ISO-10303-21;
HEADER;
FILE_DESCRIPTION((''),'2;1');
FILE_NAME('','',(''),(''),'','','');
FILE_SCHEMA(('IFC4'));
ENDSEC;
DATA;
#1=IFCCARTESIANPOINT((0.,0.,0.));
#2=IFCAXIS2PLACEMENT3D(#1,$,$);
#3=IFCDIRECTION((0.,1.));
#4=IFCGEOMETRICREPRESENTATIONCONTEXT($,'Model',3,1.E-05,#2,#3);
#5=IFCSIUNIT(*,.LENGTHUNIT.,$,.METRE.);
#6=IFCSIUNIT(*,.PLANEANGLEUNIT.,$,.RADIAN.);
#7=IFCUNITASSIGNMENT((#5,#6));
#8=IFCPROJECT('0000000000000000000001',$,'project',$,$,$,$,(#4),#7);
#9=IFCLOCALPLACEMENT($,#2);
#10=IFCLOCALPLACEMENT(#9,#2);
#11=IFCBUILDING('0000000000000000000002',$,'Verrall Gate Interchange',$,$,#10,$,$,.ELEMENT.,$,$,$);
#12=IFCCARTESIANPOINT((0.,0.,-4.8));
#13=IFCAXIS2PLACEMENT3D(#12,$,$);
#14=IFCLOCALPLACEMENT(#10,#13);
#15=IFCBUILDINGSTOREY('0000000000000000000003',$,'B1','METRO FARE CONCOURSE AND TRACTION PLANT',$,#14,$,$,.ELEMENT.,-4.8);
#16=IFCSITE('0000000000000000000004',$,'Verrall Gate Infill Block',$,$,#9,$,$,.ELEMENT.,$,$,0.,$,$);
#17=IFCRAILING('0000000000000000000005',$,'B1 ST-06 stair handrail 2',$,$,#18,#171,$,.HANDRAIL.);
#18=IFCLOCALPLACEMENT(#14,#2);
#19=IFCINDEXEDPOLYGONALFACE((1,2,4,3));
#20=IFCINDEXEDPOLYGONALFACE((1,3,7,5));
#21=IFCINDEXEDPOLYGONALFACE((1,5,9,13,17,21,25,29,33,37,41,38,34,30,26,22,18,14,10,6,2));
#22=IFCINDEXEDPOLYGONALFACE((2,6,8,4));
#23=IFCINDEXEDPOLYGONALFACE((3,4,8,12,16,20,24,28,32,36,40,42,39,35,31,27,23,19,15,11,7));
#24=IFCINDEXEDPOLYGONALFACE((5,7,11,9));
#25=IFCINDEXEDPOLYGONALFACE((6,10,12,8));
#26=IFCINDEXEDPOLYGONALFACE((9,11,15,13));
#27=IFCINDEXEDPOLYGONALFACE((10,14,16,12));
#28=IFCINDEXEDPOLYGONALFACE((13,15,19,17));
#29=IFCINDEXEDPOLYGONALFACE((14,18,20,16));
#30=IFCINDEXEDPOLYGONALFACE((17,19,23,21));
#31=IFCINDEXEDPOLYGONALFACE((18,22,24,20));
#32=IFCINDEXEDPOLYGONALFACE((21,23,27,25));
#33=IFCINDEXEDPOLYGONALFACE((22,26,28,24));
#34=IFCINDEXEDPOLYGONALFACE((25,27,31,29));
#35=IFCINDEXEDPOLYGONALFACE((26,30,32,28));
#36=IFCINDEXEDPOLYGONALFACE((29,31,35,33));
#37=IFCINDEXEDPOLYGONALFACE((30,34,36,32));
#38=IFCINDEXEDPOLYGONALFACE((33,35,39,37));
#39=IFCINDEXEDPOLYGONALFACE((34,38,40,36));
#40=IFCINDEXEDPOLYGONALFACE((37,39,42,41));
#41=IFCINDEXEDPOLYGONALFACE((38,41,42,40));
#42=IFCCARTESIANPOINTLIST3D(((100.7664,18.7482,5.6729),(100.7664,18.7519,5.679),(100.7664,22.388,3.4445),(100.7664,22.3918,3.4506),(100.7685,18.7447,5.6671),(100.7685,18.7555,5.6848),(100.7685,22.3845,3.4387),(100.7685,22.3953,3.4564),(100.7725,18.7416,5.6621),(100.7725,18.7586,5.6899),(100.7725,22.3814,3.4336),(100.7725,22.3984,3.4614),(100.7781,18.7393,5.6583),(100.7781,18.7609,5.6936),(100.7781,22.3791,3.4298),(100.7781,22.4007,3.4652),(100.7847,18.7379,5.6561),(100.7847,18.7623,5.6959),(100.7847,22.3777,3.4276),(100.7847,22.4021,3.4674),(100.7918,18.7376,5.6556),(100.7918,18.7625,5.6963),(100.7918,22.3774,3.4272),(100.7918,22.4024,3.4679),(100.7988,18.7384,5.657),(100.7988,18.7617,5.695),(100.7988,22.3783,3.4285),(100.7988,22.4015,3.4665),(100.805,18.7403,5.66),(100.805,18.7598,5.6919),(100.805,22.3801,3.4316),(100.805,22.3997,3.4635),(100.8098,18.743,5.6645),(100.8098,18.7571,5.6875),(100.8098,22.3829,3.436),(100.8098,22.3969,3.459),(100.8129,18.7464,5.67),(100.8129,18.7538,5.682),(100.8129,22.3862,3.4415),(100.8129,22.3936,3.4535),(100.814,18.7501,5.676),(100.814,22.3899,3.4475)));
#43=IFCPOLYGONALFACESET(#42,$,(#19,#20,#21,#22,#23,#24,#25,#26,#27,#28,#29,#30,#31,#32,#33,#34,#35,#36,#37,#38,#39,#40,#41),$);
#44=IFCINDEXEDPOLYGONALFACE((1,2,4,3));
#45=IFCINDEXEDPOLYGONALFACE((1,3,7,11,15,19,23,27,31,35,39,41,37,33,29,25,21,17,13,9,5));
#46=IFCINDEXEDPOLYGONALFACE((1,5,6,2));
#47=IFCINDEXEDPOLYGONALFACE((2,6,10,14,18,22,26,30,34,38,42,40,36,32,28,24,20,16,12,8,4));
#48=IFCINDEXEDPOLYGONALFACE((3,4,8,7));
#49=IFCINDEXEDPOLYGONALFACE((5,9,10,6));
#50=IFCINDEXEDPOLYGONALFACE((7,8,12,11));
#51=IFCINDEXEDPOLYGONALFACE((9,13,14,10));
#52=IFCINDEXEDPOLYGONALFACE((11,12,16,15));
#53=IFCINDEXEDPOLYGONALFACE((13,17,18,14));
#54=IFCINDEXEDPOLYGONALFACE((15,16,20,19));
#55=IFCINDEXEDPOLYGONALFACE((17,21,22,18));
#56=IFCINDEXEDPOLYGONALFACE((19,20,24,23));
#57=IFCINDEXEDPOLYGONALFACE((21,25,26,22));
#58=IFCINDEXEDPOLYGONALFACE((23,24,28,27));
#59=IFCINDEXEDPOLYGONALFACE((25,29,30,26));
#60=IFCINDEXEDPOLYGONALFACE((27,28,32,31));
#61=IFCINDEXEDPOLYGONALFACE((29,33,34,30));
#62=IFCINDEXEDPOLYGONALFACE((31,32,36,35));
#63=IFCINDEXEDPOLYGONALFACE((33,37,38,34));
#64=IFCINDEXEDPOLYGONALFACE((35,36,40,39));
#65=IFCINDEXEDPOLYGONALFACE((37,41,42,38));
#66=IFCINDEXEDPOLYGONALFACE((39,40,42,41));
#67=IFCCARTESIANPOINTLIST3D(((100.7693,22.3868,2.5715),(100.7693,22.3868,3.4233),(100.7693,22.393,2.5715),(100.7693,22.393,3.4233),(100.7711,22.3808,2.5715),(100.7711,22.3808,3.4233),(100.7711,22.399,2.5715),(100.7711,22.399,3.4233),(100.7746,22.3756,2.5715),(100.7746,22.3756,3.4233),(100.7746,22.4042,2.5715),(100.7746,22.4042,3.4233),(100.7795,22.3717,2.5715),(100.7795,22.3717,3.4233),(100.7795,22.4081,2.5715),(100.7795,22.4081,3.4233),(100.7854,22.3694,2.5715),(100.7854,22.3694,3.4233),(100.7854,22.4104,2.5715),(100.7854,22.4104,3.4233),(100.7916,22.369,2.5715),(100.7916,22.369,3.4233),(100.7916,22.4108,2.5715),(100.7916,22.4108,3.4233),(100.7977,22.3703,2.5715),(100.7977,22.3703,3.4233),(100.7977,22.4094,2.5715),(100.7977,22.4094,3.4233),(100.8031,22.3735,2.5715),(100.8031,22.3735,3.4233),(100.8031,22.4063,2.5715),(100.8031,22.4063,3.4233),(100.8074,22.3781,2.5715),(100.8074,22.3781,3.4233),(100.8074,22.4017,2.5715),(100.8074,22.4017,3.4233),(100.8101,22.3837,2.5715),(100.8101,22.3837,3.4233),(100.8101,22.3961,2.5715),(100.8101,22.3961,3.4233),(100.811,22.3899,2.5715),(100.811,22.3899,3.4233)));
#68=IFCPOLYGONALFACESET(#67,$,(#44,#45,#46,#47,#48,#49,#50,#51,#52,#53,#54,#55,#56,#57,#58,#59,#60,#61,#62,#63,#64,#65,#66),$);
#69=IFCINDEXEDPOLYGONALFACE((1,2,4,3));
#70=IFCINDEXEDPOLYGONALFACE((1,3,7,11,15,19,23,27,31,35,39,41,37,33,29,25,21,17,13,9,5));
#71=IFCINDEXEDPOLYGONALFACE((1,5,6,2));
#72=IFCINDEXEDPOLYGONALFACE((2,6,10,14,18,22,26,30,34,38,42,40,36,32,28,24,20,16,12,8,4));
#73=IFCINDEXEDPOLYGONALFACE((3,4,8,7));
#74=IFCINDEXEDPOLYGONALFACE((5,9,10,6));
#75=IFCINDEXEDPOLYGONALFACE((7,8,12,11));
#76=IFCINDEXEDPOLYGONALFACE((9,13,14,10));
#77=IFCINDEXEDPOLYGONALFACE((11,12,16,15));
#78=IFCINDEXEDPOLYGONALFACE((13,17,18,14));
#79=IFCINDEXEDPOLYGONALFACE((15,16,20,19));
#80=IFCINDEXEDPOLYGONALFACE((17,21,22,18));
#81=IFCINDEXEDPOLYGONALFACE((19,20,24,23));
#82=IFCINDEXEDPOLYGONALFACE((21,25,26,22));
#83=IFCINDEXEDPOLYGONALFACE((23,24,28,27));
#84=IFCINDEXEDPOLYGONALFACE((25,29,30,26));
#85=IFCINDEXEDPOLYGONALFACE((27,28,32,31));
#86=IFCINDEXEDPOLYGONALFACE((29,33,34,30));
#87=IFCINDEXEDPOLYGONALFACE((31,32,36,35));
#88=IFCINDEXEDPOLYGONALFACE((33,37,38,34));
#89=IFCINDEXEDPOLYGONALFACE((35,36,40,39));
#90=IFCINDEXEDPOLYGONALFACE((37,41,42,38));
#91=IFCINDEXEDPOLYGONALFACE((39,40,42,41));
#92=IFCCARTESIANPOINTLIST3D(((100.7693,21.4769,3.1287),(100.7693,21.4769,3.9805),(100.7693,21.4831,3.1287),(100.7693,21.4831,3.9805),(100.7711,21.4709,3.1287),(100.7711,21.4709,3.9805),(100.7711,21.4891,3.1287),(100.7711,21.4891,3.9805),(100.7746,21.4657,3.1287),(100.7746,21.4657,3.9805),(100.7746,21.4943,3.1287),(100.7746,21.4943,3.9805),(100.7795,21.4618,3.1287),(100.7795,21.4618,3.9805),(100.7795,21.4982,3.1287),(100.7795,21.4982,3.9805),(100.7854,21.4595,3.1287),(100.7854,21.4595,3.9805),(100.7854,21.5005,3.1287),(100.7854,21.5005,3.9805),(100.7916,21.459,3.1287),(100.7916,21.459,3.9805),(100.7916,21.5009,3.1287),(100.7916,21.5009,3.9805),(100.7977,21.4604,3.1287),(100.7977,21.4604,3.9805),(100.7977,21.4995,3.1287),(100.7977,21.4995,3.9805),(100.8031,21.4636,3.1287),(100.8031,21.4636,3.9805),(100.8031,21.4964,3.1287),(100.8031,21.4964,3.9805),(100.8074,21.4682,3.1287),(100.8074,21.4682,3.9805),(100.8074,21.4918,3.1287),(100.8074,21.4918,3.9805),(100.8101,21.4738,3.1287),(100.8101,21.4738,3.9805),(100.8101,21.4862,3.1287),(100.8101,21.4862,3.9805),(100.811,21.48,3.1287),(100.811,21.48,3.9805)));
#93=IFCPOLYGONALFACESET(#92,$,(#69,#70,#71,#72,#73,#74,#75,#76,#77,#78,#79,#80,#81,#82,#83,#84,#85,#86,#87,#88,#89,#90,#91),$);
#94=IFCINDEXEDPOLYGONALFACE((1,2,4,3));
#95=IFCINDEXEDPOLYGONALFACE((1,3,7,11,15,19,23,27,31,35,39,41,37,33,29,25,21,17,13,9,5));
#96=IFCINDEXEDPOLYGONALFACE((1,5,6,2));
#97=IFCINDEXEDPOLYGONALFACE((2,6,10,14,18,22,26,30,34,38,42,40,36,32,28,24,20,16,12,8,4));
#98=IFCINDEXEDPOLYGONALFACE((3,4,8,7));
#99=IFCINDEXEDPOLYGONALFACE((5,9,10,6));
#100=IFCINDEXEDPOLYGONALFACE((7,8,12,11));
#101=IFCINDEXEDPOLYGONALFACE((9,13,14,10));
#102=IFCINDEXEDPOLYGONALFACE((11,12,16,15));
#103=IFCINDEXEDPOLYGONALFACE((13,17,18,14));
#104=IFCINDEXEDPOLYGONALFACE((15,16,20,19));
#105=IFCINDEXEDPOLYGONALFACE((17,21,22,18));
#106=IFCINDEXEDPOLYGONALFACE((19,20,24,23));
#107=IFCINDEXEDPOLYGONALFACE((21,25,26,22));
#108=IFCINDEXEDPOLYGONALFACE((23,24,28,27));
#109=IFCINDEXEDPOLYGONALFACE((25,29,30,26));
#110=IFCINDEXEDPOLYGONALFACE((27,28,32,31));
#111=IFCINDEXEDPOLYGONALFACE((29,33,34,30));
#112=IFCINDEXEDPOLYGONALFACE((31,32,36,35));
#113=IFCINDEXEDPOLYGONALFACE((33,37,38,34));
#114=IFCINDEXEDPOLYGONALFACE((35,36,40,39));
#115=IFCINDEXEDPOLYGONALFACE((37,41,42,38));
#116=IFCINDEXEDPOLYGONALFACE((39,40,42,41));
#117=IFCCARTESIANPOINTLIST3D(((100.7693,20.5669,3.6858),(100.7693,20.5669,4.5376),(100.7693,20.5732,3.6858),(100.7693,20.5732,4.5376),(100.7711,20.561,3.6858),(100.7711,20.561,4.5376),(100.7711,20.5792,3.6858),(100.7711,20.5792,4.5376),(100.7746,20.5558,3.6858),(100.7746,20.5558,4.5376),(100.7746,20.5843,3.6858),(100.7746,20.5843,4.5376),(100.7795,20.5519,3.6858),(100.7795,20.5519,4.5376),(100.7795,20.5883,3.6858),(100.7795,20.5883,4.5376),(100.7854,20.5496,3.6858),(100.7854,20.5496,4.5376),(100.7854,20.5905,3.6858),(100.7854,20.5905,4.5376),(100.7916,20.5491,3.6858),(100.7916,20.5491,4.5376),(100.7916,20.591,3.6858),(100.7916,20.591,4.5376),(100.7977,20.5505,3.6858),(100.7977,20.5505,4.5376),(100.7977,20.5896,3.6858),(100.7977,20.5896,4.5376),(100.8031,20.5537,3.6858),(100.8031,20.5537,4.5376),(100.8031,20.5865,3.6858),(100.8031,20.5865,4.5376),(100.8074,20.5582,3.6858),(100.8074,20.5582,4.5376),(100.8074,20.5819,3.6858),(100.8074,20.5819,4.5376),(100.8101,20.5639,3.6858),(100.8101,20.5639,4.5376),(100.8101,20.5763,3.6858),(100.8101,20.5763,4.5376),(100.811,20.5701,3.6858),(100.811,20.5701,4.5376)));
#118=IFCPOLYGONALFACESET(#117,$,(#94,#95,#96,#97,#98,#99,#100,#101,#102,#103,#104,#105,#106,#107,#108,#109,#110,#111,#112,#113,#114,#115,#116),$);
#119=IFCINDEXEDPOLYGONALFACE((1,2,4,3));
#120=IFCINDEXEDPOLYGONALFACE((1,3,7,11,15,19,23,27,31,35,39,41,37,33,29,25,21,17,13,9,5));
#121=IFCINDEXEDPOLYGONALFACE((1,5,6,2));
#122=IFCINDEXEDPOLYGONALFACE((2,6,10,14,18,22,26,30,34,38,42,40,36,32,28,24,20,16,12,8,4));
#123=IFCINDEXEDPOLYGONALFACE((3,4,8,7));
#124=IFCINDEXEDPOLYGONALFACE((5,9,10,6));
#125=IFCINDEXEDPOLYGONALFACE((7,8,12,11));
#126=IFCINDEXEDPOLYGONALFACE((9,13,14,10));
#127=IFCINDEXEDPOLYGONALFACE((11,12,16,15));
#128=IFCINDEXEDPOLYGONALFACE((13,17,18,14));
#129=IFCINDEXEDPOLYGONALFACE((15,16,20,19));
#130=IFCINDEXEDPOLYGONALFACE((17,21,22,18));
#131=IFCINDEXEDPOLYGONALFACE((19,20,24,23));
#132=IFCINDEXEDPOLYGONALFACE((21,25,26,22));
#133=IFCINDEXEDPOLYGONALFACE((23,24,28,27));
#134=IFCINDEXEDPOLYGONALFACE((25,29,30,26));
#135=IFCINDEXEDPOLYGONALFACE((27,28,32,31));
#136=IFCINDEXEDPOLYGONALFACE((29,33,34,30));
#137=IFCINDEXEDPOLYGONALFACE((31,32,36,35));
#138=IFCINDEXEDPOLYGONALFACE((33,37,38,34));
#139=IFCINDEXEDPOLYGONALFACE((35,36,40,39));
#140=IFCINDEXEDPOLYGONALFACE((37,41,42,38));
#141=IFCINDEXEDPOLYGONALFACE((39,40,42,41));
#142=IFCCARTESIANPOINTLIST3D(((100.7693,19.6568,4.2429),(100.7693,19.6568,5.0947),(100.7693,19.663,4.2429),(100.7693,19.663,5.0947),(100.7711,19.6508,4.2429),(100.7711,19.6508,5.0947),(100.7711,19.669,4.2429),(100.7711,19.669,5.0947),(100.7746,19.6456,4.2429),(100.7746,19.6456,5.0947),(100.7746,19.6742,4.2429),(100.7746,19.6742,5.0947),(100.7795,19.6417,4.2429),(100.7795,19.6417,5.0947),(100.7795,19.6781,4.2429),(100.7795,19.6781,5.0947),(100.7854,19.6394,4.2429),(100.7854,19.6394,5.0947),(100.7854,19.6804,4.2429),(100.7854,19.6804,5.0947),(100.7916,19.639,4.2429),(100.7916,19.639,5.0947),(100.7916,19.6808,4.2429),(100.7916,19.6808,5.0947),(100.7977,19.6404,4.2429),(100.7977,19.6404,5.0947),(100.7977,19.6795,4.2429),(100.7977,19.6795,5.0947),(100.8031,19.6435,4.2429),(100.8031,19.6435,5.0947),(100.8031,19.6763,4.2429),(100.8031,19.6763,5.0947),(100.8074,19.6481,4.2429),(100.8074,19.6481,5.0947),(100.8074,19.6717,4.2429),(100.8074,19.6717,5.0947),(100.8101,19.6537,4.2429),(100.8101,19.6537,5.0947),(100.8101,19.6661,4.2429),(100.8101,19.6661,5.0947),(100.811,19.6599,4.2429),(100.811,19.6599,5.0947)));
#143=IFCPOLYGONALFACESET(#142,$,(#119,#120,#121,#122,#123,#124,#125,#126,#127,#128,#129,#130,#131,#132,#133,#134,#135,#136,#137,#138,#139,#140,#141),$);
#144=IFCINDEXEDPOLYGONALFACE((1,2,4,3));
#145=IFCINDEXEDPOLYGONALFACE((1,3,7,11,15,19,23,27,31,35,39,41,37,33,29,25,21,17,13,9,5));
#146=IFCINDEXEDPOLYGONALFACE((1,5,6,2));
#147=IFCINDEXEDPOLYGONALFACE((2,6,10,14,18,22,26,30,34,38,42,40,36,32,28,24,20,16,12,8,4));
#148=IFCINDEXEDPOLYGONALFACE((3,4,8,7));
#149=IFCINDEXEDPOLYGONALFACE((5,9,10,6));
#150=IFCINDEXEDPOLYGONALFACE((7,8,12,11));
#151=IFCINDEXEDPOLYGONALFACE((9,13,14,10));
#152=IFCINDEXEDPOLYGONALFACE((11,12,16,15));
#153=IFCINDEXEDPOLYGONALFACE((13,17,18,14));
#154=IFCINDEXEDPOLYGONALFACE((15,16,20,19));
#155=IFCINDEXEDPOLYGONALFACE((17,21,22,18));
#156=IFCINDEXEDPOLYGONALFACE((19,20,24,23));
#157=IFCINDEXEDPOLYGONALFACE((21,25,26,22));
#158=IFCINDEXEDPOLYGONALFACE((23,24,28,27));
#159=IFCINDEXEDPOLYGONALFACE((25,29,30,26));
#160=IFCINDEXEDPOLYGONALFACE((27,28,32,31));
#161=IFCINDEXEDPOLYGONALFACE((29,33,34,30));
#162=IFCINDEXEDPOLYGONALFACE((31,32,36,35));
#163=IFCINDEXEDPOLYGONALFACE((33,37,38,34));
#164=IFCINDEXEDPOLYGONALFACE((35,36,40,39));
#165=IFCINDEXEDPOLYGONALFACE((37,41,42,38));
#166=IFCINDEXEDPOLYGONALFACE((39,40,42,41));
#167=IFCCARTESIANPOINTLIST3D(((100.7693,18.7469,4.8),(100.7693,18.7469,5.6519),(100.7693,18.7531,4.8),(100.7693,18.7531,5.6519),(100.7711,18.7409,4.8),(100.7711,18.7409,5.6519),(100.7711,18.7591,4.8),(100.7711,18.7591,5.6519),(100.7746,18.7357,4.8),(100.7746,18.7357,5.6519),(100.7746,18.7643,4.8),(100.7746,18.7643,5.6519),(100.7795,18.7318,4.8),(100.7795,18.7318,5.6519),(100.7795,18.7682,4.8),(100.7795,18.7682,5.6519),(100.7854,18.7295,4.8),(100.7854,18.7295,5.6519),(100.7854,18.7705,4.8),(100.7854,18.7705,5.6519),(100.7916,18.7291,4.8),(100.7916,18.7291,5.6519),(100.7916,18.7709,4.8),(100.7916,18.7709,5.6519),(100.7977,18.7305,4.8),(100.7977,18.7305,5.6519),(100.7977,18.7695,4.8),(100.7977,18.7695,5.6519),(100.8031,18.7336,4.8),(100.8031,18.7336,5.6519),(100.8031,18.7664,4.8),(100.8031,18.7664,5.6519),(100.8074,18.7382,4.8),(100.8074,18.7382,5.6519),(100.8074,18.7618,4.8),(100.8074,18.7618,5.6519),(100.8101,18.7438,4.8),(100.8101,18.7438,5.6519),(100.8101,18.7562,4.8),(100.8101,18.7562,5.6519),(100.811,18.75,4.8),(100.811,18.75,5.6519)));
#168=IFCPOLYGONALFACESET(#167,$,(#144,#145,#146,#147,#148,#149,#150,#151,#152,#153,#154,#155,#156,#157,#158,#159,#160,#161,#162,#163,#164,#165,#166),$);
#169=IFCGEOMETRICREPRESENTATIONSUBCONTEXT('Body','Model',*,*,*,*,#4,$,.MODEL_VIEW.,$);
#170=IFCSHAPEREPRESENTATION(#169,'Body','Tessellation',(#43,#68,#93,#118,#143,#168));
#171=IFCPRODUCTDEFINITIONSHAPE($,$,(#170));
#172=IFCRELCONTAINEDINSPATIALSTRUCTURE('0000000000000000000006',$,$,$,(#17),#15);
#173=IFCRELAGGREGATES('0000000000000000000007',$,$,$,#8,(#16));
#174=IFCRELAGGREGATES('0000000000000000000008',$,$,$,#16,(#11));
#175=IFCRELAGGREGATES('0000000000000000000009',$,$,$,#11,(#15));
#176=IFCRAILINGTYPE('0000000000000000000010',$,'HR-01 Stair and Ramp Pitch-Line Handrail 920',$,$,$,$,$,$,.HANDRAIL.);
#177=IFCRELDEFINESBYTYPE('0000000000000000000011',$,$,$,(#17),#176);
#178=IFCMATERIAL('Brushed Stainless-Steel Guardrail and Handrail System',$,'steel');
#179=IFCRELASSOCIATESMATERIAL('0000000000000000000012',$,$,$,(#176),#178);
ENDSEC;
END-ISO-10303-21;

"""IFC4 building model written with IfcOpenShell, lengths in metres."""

from ifc_helpers import new_model, si_unit, direction, frame, origin, origin_2d, place, context, subcontext, project, spatial, circle, extrude, material, type_object, element, save


model = new_model("IFC4")

# Units and contexts
model_context = context("Model", 3, precision=1e-05, world=origin(), true_north=direction((0.0, 1.0)))
body_context = subcontext(model_context, "Body", "Model", "MODEL_VIEW")
ifc_project = project(units=[si_unit("LENGTHUNIT", "METRE"), si_unit("PLANEANGLEUNIT", "RADIAN")], contexts=[model_context])

# Site, building, storey
site_placement = place(None, origin())
site = spatial("IfcSite", under=ifc_project, at=site_placement, Name="Verrall Gate Infill Block", CompositionType="ELEMENT", RefElevation=0.0)
building_placement = place(site_placement, origin())
building = spatial("IfcBuilding", under=site, at=building_placement, Name="Verrall Gate Interchange", CompositionType="ELEMENT")
storey_placement = place(building_placement, frame((0.0, 0.0, -4.8)))
storey = spatial("IfcBuildingStorey", under=building, at=storey_placement, Name="B1", Description="METRO FARE CONCOURSE AND TRACTION PLANT", CompositionType="ELEMENT", Elevation=-4.8)

# Railing
ifc_material_1 = material(Name="Brushed Stainless-Steel Guardrail and Handrail System", Category="steel")
railing_type_1 = type_object("IfcRailingType", Name="HR-01 Stair and Ramp Pitch-Line Handrail 920", PredefinedType="HANDRAIL", material=ifc_material_1)
railing_1_placement = place(storey_placement, frame((100.79, 22.3899, 2.5715)))
element("IfcRailing", 1, at=railing_1_placement, inside=storey, type_object=railing_type_1, Name="B1 ST-06 stair handrail 2", PredefinedType="HANDRAIL", context=body_context, shape_type="SweptSolid", body=[
    extrude(circle(Radius=0.0239, at=origin_2d()), frame((0.0, 0.0, 0.876), z_axis=(0.0, -0.85285, 0.522156), x_axis=(1.0, 0.0, 0.0)), (0.0, 0.0, 1.0), 4.2678),
    extrude(circle(Radius=0.021, at=origin_2d()), origin(), (0.0, 0.0, 1.0), 0.8518),
    extrude(circle(Radius=0.021, at=origin_2d()), frame((0.0, -0.9099, 0.5571)), (0.0, 0.0, 1.0), 0.8518),
    extrude(circle(Radius=0.021, at=origin_2d()), frame((0.0, -1.8198, 1.1143)), (0.0, 0.0, 1.0), 0.8518),
    extrude(circle(Radius=0.021, at=origin_2d()), frame((0.0, -2.73, 1.6714)), (0.0, 0.0, 1.0), 0.8518),
    extrude(circle(Radius=0.021, at=origin_2d()), frame((0.0, -3.6399, 2.2285)), (0.0, 0.0, 1.0), 0.8518),
])

save(model, "model.ifc")
